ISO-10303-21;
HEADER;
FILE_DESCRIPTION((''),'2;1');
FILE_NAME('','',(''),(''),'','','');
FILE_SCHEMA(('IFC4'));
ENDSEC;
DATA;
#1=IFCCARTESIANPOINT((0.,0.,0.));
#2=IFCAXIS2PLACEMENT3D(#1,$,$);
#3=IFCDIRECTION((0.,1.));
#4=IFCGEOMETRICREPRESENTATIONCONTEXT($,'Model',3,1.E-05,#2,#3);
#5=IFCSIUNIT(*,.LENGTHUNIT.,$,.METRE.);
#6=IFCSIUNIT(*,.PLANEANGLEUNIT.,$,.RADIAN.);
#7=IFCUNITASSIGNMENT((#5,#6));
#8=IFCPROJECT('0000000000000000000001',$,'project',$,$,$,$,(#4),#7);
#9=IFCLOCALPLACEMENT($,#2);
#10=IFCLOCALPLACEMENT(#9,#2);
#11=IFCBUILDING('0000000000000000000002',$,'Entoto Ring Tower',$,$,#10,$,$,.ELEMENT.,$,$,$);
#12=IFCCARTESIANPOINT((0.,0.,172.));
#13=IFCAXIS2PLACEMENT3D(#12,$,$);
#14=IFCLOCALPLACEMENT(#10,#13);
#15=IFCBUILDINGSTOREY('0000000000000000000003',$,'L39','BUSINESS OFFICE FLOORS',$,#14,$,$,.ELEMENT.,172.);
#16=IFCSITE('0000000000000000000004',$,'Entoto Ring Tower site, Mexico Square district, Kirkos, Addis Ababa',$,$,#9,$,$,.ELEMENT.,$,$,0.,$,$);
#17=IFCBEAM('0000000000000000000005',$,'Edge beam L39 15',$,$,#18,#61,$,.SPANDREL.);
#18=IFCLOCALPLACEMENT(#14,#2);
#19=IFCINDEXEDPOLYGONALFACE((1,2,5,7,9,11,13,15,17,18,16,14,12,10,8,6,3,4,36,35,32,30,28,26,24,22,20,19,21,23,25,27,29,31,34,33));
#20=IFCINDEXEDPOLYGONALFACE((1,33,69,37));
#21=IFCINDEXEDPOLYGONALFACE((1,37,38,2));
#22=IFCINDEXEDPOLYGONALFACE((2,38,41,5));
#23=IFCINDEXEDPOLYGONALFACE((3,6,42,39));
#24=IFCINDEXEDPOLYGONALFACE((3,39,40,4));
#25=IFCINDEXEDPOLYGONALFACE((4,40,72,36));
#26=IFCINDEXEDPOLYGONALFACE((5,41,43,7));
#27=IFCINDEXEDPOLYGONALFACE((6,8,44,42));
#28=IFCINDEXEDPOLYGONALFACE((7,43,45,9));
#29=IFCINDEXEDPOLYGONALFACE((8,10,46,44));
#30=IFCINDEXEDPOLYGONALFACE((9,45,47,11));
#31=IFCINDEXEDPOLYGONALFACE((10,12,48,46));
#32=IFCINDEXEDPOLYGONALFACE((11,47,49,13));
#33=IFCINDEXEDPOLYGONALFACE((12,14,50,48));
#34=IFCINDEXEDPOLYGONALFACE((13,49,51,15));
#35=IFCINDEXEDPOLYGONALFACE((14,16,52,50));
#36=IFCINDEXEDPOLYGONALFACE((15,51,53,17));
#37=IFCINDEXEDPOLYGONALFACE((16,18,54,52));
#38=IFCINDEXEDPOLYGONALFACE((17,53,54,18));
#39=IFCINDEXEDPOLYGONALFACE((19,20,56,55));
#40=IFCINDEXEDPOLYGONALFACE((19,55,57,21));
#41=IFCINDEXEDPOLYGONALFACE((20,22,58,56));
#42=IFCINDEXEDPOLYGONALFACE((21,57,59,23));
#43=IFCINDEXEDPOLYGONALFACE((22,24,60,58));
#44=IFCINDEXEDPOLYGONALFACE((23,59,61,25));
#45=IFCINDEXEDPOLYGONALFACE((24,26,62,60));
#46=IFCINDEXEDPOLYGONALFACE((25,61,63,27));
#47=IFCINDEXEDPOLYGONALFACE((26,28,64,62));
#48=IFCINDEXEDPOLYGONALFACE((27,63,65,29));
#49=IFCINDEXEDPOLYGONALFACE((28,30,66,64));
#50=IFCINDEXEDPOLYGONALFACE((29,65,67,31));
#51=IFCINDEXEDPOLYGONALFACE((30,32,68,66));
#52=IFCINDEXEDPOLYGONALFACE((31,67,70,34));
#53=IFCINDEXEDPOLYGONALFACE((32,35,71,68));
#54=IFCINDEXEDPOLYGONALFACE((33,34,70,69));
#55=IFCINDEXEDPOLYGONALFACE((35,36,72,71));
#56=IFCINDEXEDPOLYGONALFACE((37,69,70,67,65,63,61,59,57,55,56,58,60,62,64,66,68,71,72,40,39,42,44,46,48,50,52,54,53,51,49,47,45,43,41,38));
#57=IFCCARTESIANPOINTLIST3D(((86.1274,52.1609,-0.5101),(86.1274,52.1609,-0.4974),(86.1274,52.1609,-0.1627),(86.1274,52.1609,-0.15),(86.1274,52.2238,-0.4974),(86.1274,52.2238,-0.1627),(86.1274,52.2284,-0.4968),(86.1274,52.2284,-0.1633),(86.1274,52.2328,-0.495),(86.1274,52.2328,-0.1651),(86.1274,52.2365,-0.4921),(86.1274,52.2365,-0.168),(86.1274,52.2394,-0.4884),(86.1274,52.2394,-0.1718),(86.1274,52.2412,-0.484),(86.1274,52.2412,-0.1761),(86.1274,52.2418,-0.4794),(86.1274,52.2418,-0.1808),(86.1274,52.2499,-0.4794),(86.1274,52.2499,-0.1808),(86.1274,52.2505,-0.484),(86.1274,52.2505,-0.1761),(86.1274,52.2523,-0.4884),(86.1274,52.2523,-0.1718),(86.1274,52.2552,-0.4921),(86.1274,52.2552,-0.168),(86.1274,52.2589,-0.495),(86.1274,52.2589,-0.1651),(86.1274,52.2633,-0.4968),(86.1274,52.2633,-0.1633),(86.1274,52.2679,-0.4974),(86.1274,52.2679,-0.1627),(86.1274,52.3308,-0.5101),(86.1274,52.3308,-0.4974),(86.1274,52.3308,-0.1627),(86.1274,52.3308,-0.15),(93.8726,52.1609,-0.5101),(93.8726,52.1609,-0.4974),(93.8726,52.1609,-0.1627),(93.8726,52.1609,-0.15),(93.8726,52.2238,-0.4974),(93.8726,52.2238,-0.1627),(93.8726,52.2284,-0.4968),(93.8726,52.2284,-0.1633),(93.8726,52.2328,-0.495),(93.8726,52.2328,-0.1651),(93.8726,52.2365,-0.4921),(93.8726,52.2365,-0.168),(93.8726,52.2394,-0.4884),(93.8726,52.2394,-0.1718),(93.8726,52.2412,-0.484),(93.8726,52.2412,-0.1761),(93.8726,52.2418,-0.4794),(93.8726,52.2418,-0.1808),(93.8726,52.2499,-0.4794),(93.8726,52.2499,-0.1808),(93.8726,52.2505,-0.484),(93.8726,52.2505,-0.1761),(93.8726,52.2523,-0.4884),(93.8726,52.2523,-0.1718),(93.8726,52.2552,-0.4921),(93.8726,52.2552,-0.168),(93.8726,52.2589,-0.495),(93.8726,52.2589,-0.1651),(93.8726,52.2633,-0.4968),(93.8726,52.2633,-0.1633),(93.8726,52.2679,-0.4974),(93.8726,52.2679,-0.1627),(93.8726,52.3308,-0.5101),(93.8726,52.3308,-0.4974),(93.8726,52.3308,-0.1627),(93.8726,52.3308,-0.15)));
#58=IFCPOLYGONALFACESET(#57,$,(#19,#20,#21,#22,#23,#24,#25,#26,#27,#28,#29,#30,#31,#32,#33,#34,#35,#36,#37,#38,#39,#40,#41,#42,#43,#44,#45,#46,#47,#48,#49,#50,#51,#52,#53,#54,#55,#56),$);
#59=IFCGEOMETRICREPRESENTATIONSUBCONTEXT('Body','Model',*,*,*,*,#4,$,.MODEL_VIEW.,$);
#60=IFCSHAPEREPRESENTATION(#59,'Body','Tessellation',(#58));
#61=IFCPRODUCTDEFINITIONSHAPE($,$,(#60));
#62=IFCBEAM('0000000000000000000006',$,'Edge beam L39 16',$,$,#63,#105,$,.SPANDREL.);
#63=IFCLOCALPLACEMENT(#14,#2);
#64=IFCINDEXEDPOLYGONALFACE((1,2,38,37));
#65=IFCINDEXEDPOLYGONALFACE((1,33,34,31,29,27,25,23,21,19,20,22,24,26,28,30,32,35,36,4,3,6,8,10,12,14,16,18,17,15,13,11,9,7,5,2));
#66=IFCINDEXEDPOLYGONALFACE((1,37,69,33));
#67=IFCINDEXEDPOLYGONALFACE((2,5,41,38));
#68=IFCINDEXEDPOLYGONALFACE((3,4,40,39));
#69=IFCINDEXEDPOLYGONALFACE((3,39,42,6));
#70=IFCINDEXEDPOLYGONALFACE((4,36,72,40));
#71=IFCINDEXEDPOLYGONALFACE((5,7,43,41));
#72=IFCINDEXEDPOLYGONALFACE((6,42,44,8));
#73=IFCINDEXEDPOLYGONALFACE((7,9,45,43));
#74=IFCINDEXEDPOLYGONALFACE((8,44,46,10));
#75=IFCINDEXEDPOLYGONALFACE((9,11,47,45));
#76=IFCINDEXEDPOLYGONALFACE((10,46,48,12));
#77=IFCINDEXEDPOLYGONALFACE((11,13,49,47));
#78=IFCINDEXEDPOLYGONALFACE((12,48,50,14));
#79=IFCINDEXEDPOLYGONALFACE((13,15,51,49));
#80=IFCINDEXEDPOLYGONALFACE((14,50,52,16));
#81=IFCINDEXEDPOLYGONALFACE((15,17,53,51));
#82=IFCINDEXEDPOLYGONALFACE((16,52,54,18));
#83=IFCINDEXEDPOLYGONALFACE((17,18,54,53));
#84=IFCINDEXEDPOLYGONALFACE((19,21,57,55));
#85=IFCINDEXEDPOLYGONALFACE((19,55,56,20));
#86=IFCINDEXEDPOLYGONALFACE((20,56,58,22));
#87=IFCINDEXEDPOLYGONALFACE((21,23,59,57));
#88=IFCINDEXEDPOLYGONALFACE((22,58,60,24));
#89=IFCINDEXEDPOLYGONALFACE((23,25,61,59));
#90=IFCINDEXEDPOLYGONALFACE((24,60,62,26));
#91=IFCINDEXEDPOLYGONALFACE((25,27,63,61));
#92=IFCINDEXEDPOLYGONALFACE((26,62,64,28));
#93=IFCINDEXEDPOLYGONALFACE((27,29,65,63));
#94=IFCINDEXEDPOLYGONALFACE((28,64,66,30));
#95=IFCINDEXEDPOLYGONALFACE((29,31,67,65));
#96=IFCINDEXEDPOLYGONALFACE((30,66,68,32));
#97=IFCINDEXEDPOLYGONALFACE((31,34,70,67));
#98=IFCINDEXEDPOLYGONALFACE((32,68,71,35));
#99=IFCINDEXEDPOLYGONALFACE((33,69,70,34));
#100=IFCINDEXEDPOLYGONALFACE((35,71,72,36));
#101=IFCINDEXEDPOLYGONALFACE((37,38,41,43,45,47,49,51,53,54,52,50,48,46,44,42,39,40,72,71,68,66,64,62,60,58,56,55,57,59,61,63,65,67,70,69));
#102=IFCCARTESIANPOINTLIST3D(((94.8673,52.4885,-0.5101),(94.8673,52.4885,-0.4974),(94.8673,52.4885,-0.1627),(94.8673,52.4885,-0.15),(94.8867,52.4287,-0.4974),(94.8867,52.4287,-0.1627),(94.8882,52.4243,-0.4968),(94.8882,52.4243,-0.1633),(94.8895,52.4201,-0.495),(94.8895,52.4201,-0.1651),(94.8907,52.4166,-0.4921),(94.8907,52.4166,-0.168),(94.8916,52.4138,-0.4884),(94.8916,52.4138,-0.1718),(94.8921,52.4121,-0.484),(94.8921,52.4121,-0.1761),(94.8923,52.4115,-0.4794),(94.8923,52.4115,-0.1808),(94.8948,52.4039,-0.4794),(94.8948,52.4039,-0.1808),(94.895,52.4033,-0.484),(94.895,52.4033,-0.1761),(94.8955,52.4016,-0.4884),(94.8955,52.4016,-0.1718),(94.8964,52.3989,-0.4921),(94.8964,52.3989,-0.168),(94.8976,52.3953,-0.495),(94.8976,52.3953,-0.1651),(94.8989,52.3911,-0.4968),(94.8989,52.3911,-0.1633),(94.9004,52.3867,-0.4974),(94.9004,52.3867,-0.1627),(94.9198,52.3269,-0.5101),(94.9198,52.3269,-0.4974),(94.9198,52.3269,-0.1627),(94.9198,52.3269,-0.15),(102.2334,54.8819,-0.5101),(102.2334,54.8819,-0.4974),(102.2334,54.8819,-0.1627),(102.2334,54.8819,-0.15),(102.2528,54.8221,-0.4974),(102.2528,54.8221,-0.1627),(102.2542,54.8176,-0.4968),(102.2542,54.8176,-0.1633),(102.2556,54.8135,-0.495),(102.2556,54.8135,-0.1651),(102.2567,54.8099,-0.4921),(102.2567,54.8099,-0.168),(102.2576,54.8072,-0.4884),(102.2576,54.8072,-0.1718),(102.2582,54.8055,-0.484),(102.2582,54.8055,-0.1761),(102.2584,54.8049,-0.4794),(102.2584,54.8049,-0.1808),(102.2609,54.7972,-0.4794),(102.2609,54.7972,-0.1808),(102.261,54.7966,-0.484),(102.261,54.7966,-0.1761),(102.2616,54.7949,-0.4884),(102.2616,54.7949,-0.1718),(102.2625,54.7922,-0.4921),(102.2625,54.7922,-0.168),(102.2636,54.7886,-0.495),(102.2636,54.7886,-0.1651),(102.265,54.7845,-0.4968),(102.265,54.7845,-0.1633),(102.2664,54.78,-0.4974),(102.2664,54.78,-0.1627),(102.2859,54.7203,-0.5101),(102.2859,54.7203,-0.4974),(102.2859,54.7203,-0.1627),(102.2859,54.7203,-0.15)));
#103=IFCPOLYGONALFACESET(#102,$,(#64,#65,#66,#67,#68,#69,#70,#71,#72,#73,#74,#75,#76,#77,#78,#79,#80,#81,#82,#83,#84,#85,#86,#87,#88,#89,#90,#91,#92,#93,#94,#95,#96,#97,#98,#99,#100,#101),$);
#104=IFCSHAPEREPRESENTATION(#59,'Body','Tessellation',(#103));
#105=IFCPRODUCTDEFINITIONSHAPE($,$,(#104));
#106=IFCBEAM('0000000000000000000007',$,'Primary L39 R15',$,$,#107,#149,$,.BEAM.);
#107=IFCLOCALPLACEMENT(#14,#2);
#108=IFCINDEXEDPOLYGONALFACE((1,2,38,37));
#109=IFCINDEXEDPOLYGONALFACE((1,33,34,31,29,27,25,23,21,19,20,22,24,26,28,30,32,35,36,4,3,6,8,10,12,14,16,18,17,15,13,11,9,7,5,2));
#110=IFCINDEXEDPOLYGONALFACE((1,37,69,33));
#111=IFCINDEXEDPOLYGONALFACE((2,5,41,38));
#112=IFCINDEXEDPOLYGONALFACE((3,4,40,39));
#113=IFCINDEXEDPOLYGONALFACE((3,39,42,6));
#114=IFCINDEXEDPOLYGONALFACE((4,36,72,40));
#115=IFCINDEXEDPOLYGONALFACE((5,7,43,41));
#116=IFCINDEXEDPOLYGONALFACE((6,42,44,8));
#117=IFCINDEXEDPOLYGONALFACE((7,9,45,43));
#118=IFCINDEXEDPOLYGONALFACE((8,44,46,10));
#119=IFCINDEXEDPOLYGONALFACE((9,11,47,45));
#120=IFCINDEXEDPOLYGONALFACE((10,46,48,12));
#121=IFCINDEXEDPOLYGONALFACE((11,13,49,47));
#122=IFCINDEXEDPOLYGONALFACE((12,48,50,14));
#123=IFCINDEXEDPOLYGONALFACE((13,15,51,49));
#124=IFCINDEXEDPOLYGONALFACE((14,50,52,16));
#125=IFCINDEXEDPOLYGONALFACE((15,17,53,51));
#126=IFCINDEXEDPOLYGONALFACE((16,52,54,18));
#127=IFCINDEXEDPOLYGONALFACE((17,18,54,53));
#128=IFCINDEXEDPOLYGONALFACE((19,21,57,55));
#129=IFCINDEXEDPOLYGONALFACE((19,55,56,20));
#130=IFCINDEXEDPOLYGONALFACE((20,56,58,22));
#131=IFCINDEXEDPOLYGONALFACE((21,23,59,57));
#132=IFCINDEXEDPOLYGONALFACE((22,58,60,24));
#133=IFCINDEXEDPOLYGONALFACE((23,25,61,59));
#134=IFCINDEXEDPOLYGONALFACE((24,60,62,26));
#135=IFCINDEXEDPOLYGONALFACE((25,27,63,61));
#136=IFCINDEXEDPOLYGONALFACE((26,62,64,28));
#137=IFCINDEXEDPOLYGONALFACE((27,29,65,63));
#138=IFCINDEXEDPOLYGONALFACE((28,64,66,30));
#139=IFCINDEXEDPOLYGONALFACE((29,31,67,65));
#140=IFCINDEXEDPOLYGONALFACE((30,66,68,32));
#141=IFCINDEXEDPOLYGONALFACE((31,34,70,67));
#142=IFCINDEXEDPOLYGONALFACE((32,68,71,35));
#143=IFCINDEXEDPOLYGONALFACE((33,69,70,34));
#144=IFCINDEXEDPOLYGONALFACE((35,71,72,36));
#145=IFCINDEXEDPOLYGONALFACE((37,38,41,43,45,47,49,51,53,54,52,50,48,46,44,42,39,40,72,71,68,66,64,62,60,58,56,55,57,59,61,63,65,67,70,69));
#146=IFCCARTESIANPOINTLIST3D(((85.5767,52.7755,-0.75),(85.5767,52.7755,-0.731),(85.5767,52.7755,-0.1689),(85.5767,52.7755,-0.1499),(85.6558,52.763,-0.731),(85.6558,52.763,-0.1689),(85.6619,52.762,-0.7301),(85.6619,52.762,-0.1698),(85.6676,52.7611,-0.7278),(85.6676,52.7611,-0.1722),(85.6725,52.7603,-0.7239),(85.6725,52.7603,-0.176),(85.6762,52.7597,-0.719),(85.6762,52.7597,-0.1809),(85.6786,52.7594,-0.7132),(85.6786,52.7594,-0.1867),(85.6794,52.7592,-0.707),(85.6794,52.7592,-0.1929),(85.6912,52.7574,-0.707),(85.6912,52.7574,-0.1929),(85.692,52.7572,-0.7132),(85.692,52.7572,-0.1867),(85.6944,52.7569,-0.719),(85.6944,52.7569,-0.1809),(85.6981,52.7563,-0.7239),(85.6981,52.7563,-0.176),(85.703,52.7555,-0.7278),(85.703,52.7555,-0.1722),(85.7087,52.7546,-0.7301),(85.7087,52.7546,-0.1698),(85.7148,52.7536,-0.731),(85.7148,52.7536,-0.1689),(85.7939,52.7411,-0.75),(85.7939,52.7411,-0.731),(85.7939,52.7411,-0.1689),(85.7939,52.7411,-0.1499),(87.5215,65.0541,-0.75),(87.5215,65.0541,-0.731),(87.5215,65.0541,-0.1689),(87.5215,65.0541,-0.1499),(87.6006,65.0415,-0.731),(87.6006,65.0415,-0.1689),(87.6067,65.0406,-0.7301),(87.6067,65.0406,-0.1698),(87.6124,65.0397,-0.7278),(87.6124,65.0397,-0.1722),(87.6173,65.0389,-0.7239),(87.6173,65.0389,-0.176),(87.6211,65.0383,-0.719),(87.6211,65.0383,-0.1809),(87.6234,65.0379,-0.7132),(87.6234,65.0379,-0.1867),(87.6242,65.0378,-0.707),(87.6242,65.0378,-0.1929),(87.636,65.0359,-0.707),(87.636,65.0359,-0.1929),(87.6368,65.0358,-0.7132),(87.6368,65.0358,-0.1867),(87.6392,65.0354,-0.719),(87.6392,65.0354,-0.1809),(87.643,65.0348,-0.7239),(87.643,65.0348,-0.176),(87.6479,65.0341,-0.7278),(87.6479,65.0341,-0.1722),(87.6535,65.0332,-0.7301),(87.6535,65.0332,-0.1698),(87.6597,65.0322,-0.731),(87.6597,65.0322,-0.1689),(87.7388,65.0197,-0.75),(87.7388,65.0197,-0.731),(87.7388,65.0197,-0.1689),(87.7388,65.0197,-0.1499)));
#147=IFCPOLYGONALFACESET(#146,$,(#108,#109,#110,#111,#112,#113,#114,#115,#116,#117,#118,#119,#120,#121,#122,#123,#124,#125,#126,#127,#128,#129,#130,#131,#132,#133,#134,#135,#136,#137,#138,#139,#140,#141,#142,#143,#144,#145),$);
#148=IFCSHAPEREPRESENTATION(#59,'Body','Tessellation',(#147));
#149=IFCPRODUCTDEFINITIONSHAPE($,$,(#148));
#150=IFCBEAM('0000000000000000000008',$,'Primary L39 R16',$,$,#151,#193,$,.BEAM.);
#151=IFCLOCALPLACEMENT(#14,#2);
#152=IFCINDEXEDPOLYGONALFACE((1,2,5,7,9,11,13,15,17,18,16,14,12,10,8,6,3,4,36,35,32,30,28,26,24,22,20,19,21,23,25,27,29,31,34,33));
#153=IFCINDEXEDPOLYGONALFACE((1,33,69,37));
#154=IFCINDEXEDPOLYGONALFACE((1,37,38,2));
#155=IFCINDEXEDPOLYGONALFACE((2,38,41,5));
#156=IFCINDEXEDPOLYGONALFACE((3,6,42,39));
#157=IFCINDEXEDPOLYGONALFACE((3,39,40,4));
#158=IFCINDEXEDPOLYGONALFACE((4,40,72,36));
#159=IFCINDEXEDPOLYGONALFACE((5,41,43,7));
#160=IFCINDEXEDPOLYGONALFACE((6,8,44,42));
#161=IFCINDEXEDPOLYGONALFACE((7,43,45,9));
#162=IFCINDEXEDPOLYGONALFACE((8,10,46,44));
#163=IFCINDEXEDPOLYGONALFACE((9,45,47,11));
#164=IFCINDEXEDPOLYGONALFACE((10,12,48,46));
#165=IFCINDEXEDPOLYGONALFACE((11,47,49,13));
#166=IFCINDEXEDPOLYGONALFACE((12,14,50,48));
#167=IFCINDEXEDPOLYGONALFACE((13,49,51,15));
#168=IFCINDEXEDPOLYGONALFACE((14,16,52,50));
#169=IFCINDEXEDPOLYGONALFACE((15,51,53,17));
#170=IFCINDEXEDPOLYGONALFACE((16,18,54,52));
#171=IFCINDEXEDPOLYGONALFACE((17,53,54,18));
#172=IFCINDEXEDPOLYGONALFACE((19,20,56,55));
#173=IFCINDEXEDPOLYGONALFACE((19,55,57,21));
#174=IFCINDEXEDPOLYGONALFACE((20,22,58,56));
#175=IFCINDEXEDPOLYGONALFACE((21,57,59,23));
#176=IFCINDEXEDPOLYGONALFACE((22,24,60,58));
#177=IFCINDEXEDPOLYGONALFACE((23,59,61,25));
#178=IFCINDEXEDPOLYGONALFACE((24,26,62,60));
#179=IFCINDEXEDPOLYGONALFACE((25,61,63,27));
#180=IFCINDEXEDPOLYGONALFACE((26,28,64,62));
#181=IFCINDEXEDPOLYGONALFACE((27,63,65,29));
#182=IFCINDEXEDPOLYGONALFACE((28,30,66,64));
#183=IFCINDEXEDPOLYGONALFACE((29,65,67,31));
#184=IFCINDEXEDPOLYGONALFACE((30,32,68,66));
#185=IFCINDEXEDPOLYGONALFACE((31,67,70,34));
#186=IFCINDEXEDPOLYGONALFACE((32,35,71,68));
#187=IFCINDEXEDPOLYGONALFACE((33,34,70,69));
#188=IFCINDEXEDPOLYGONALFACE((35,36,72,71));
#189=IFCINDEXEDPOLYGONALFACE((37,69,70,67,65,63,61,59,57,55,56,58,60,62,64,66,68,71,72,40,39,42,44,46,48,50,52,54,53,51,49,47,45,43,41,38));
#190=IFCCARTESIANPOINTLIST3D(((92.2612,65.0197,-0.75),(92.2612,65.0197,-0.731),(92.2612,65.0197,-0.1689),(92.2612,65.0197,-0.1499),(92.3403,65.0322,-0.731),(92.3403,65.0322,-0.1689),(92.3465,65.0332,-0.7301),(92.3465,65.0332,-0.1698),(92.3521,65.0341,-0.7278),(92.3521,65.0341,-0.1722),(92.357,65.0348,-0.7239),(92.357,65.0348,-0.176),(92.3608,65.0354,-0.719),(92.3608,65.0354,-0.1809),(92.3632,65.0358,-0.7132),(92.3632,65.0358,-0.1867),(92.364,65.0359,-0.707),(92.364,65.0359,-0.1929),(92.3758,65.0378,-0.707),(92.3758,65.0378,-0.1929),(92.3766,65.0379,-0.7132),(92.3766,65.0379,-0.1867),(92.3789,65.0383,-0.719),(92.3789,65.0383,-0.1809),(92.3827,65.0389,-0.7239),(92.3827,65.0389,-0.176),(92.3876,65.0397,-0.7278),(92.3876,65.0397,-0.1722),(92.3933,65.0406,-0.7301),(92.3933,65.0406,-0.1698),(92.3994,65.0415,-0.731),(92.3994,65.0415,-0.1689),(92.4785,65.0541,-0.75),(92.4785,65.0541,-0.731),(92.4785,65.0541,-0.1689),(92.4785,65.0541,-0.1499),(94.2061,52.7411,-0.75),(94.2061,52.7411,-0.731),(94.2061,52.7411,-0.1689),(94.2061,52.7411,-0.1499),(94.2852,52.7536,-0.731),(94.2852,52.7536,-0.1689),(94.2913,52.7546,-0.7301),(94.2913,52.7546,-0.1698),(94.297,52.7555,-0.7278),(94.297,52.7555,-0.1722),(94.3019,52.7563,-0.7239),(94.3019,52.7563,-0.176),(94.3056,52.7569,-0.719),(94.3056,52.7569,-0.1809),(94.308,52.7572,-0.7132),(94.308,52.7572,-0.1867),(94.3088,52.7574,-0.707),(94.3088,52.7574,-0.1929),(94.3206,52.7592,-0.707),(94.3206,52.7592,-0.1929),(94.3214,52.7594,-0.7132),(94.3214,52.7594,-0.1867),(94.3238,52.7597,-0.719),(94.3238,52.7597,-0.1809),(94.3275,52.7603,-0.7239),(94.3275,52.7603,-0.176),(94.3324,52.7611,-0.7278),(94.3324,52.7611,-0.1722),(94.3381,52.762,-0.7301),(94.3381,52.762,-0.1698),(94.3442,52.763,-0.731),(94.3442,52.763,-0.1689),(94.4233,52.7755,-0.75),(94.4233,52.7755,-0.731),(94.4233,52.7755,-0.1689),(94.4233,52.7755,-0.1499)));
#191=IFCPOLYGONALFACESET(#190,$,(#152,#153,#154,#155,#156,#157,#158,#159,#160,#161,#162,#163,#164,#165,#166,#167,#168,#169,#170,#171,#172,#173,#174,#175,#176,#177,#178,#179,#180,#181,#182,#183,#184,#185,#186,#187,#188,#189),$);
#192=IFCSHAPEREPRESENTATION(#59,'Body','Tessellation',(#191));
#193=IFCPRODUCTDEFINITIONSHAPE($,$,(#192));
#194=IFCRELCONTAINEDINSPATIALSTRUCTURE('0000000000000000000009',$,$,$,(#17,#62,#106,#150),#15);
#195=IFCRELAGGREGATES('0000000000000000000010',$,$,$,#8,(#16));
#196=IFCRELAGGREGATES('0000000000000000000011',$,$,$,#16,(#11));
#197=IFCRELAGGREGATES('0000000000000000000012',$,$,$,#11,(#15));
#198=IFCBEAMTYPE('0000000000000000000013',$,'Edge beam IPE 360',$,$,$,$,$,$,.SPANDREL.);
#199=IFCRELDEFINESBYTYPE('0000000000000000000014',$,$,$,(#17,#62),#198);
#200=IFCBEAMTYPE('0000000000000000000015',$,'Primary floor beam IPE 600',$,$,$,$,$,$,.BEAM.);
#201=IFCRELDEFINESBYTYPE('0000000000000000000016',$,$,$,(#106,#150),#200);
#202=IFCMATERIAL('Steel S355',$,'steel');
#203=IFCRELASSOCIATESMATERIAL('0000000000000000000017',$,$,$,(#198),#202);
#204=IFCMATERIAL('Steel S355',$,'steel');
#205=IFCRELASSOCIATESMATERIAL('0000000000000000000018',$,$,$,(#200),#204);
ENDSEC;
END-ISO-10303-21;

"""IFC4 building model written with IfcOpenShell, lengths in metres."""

from ifc_helpers import new_model, si_unit, direction, frame, origin, origin_2d, place, context, subcontext, project, spatial, i_section, extrude, material, material_profile, profile_set, type_object, element, save


model = new_model("IFC4")

# Units and contexts
model_context = context("Model", 3, precision=1e-05, world=origin(), true_north=direction((0.0, 1.0)))
body_context = subcontext(model_context, "Body", "Model", "MODEL_VIEW")
ifc_project = project(units=[si_unit("LENGTHUNIT", "METRE"), si_unit("PLANEANGLEUNIT", "RADIAN")], contexts=[model_context])

# Site, building, storey
site_placement = place(None, origin())
site = spatial("IfcSite", under=ifc_project, at=site_placement, Name="Entoto Ring Tower site, Mexico Square district, Kirkos, Addis Ababa", CompositionType="ELEMENT", RefElevation=0.0)
building_placement = place(site_placement, origin())
building = spatial("IfcBuilding", under=site, at=building_placement, Name="Entoto Ring Tower", CompositionType="ELEMENT")
storey_placement = place(building_placement, frame((0.0, 0.0, 172.0)))
storey = spatial("IfcBuildingStorey", under=building, at=storey_placement, Name="L39", Description="BUSINESS OFFICE FLOORS", CompositionType="ELEMENT", Elevation=172.0)

# Beams
ifc_material_1 = material(Name="Steel S355", Category="steel")
ifc_material_profile_1 = material_profile(ifc_material_1, i_section(OverallWidth=0.1699, OverallDepth=0.3601, WebThickness=0.0081, FlangeThickness=0.0127, FilletRadius=0.0181, at=origin_2d()), Name="IPE 360")
ifc_profile_set_1 = profile_set([ifc_material_profile_1], Name="Steel S355")
beam_type_1 = type_object("IfcBeamType", Name="Edge beam IPE 360", PredefinedType="SPANDREL", material=ifc_profile_set_1)
for number, where, z_axis, x_axis, name in (
    (1, (86.1274, 52.2458, -0.3301), (1.0, 0.0, 0.0), (0.0, 1.0, 0.0), "Edge beam L39 15"),
    (2, (94.8936, 52.4077, -0.3301), (0.951058, 0.309013, 0.0), (-0.309013, 0.951058, 0.0), "Edge beam L39 16"),
):
    element("IfcBeam", number, at=place(storey_placement, frame(where, z_axis=z_axis, x_axis=x_axis)), inside=storey, type_object=beam_type_1, Name=name, PredefinedType="SPANDREL", context=body_context, shape_type="SweptSolid", body=[
        extrude(i_section(OverallWidth=0.1699, OverallDepth=0.3601, WebThickness=0.0081, FlangeThickness=0.0127, FilletRadius=0.0181, at=origin_2d()), origin(), (0.0, 0.0, 1.0), 7.7451),
    ])
ifc_material_2 = material(Name="Steel S355", Category="steel")
ifc_material_profile_2 = material_profile(ifc_material_2, i_section(OverallWidth=0.22, OverallDepth=0.6001, WebThickness=0.012, FlangeThickness=0.019, FilletRadius=0.0239, at=origin_2d()), Name="IPE 600")
ifc_profile_set_2 = profile_set([ifc_material_profile_2], Name="Steel S355")
beam_type_2 = type_object("IfcBeamType", Name="Primary floor beam IPE 600", PredefinedType="BEAM", material=ifc_profile_set_2)
for number, where, z_axis, x_axis, name in (
    (3, (87.6301, 65.0369, -0.45), (-0.156442, -0.987687, 0.0), (0.987687, -0.156442, 0.0), "Primary L39 R15"),
    (4, (92.3699, 65.0369, -0.45), (0.156442, -0.987687, 0.0), (0.987687, 0.156442, 0.0), "Primary L39 R16"),
):
    element("IfcBeam", number, at=place(storey_placement, frame(where, z_axis=z_axis, x_axis=x_axis)), inside=storey, type_object=beam_type_2, Name=name, PredefinedType="BEAM", context=body_context, shape_type="SweptSolid", body=[
        extrude(i_section(OverallWidth=0.22, OverallDepth=0.6001, WebThickness=0.012, FlangeThickness=0.019, FilletRadius=0.0239, at=origin_2d()), origin(), (0.0, 0.0, 1.0), 12.4316),
    ])

save(model, "model.ifc")
